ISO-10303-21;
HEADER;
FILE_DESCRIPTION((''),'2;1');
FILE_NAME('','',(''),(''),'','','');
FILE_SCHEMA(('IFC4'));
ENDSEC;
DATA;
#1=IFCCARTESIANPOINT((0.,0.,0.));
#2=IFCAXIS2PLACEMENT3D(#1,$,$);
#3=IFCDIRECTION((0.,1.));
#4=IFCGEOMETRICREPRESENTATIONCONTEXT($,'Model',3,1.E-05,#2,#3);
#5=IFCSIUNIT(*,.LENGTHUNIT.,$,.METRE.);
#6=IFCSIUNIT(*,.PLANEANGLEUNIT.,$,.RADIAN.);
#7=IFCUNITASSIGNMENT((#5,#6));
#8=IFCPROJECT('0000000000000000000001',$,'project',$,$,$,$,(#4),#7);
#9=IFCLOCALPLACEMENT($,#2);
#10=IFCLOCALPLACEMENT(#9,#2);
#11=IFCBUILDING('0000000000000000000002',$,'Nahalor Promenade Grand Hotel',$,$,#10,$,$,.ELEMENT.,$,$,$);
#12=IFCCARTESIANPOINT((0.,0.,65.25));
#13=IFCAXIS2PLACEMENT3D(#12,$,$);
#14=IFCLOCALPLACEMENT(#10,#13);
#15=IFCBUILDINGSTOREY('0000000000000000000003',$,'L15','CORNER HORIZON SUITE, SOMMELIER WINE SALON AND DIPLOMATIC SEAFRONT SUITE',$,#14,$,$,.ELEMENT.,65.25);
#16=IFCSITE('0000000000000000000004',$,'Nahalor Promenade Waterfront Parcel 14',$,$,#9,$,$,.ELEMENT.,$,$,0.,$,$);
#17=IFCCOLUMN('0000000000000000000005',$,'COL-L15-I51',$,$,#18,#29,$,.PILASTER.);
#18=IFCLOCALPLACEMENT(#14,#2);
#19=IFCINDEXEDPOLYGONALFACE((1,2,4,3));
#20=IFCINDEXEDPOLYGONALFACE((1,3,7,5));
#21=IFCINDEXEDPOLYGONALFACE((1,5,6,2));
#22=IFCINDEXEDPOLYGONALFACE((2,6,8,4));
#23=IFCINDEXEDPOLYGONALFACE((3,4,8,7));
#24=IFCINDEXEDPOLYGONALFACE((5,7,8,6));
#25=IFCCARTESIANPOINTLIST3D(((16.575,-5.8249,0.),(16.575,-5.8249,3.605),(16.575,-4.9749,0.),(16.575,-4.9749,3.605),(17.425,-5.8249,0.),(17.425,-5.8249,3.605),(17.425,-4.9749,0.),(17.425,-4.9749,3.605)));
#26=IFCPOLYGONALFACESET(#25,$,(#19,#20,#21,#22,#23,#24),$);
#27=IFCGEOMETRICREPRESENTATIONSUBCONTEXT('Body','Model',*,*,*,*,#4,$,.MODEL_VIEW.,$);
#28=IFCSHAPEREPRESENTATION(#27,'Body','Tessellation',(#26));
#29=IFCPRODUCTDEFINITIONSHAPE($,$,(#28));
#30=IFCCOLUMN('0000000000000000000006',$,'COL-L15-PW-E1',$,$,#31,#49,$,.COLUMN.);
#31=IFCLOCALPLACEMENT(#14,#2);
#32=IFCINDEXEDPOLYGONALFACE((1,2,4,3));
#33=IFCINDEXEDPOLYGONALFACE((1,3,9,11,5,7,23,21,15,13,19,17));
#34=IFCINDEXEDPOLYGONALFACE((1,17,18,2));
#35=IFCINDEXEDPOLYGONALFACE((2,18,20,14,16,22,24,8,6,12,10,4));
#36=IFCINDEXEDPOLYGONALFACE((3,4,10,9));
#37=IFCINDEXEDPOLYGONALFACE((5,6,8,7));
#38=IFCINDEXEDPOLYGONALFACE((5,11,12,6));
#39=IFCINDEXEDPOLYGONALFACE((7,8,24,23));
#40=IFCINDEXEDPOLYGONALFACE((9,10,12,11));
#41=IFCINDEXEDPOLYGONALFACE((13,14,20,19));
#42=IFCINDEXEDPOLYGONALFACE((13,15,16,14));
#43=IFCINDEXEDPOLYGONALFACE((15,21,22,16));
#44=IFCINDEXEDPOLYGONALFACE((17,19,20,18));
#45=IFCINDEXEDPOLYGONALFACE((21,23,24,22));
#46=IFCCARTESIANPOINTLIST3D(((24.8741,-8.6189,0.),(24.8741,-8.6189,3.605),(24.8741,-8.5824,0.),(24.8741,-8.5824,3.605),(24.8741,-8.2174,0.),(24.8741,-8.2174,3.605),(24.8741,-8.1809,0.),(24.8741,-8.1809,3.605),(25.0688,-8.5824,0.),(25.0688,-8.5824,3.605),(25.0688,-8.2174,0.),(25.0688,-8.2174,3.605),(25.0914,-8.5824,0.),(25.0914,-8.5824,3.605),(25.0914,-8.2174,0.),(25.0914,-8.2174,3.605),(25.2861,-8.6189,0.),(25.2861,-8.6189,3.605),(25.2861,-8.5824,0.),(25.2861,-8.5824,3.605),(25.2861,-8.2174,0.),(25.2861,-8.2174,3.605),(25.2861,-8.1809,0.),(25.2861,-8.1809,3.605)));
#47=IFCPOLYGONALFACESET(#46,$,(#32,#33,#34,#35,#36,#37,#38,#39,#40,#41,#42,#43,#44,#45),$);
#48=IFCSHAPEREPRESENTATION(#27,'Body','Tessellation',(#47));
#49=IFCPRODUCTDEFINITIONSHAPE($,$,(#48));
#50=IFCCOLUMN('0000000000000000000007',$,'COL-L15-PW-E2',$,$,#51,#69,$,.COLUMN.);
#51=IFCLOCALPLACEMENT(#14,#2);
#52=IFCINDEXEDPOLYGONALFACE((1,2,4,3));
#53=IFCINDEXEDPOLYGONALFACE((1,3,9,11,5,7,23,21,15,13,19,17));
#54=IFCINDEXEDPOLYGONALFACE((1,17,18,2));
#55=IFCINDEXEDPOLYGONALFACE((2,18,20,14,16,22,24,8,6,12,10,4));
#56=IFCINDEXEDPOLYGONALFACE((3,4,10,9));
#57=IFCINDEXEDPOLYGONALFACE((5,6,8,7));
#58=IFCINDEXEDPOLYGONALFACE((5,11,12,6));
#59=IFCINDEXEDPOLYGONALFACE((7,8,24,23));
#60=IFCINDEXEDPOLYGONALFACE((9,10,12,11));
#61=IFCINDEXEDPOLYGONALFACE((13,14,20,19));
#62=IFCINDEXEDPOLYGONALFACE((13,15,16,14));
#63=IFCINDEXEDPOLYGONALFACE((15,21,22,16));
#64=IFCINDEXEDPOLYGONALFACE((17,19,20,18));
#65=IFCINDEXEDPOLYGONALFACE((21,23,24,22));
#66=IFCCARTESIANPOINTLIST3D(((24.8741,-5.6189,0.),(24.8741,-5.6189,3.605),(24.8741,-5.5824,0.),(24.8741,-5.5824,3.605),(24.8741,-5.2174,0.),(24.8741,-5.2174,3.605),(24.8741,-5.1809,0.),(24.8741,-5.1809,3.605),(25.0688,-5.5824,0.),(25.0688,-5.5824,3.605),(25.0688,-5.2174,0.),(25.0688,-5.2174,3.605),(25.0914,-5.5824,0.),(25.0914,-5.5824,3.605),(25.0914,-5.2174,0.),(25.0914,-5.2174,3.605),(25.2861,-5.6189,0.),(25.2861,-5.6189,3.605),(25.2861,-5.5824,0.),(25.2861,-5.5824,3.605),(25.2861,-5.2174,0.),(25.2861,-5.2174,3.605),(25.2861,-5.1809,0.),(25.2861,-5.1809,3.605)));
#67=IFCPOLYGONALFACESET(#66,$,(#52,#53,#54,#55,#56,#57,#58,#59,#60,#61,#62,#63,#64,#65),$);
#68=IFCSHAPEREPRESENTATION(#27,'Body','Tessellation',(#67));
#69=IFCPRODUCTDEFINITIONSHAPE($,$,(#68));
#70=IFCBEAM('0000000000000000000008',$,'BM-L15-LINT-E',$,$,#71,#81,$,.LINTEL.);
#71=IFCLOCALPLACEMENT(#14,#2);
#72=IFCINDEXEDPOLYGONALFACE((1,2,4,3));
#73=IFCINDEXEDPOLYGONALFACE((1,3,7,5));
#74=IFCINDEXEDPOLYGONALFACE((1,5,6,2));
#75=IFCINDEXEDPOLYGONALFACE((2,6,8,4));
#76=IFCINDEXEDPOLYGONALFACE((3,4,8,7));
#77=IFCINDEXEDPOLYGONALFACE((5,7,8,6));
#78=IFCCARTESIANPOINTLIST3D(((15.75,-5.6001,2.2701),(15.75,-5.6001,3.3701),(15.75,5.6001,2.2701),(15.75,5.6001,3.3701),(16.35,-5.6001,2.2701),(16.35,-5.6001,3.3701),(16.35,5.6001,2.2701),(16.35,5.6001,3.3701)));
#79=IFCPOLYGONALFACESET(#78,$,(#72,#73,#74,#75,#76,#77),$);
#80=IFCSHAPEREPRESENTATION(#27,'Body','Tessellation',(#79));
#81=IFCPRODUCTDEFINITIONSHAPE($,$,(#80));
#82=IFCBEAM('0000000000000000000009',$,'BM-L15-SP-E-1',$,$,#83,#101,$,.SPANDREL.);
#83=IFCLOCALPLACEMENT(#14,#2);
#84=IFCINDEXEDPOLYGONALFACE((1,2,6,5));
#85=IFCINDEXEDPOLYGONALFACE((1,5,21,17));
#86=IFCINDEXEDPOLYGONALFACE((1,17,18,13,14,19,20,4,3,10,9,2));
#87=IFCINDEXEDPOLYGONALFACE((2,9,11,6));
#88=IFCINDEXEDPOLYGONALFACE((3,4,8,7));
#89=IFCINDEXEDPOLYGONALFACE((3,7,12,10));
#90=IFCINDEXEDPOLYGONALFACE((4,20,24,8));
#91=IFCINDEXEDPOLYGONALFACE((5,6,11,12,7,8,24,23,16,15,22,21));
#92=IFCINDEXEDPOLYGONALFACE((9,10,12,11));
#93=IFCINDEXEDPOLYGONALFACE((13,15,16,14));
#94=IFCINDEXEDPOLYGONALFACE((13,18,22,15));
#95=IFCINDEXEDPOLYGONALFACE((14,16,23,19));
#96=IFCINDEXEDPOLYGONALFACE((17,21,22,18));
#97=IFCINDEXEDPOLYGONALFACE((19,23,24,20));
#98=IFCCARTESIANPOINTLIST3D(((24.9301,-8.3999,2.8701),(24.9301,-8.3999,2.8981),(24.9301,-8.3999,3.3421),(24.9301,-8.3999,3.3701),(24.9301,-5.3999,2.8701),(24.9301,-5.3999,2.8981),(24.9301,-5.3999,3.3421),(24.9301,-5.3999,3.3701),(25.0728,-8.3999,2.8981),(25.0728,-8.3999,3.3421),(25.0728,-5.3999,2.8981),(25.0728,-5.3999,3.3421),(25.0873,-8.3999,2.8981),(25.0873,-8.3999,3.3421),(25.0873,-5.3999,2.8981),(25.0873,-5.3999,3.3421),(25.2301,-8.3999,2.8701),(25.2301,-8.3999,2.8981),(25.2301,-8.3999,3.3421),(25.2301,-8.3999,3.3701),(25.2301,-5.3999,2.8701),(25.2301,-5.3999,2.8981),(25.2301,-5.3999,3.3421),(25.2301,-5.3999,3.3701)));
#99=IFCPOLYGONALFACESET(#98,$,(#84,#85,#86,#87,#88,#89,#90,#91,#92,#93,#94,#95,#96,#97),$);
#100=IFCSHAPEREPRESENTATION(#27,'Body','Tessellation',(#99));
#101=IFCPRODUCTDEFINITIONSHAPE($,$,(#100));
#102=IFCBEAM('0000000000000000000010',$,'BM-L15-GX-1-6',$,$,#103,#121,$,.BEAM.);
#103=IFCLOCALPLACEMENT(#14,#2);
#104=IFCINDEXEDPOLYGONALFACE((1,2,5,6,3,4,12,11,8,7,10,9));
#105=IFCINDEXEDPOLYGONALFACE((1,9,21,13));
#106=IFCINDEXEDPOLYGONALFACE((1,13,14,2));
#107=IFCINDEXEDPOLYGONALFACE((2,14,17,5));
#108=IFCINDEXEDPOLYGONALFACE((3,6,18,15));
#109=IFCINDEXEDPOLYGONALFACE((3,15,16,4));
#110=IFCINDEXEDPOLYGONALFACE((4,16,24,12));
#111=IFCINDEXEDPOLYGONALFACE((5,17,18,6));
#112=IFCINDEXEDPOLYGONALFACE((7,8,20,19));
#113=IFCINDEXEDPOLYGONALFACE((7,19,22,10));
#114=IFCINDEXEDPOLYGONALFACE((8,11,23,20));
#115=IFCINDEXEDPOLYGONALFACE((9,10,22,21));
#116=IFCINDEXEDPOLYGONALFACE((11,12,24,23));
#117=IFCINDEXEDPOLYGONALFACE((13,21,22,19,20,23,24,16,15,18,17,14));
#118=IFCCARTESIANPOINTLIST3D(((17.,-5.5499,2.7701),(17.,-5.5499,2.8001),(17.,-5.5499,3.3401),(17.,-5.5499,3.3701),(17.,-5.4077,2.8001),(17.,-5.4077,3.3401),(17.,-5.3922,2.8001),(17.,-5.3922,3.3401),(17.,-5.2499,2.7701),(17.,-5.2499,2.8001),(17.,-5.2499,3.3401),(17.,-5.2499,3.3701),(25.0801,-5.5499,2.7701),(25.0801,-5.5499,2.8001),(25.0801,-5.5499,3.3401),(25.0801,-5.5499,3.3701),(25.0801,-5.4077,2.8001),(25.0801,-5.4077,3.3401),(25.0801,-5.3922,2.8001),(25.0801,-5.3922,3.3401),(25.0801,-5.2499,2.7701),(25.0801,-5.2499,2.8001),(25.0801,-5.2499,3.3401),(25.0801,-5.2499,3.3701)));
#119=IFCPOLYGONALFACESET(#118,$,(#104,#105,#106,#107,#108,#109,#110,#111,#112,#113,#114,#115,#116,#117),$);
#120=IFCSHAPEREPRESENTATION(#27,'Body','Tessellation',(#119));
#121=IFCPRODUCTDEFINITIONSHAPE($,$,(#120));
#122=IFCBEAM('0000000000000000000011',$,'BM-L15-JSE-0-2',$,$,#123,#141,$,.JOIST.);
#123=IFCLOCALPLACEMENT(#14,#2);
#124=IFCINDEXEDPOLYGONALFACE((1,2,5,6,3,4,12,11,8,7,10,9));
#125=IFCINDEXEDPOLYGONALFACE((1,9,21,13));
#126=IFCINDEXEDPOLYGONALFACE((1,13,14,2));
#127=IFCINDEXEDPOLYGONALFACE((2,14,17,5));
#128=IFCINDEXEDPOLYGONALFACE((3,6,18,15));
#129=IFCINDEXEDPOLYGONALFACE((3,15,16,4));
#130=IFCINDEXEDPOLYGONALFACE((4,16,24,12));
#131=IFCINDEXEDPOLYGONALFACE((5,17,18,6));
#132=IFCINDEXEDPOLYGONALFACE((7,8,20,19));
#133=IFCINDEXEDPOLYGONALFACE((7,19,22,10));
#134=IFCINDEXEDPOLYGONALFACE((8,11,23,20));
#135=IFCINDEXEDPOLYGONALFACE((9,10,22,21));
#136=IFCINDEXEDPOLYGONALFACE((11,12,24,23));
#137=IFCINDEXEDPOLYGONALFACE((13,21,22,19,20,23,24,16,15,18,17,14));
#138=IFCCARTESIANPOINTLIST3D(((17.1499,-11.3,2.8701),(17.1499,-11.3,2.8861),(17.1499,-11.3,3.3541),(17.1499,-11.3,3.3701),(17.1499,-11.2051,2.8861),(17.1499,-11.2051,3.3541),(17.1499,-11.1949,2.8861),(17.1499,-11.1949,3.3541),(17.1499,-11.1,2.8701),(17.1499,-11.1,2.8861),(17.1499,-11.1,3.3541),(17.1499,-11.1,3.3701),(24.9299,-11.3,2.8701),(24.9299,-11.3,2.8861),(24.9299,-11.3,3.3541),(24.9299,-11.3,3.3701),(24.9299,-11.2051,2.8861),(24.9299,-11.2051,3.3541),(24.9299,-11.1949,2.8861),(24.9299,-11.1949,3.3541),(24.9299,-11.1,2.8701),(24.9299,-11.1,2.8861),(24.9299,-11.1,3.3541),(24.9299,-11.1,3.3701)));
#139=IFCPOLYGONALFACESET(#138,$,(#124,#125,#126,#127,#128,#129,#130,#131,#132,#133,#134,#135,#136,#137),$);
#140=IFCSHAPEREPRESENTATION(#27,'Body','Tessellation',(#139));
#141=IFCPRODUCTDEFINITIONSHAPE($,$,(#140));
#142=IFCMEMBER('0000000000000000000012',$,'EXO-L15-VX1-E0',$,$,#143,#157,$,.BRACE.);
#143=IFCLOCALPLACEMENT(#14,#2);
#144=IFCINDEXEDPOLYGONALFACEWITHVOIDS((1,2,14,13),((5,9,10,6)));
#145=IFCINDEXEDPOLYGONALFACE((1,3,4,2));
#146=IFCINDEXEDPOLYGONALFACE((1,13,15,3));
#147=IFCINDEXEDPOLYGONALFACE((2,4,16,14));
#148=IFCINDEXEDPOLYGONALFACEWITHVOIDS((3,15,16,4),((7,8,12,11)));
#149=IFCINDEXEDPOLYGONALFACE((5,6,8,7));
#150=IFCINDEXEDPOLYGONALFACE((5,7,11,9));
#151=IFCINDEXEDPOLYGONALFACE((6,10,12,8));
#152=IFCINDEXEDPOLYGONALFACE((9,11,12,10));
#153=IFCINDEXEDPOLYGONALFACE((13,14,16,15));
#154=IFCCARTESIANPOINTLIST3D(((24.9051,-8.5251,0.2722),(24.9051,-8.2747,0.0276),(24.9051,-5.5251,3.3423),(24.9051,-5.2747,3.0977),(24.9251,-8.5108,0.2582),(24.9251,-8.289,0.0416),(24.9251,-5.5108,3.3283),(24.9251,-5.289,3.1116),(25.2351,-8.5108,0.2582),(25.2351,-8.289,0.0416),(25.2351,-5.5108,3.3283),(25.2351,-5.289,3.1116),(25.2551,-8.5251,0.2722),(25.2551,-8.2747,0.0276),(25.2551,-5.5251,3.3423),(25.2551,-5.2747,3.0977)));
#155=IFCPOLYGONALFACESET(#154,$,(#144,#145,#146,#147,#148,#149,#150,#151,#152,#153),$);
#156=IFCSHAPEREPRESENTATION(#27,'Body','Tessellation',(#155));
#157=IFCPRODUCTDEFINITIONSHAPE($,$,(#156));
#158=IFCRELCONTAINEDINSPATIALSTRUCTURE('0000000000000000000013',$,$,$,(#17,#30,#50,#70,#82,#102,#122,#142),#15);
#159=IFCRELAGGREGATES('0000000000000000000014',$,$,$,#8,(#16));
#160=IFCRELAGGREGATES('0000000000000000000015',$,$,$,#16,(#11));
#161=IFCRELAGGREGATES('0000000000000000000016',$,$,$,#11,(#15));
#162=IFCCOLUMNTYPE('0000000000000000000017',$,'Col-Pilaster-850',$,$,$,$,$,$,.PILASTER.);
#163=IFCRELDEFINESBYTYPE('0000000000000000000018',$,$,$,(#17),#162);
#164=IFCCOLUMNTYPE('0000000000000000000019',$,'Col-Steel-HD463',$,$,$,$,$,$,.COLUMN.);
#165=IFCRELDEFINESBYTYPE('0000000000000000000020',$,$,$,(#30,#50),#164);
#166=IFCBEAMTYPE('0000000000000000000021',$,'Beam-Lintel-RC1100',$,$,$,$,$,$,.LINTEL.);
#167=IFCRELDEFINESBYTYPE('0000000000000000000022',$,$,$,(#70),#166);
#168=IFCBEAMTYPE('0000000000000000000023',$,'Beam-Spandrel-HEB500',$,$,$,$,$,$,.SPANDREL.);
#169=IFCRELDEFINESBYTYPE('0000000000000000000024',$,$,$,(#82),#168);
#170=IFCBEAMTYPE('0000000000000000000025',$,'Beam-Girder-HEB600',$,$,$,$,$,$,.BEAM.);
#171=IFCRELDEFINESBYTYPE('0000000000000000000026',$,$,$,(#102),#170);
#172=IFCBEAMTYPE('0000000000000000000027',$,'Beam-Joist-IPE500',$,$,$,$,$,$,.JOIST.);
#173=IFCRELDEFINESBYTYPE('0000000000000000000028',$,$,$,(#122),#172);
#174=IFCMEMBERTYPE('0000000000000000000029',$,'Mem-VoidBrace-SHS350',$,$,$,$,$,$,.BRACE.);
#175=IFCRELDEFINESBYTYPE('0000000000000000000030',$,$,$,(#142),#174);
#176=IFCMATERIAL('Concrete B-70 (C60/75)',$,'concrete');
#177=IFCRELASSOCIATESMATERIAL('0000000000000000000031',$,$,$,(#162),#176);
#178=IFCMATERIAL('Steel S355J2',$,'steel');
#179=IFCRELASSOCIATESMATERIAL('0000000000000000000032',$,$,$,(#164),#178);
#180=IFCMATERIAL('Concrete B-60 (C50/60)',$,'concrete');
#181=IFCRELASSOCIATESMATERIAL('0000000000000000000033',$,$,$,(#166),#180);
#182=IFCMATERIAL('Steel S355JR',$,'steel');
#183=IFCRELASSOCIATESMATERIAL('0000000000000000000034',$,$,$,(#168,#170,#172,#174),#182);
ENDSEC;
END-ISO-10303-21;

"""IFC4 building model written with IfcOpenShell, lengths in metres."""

from ifc_helpers import new_model, si_unit, direction, frame, origin, origin_2d, place, context, subcontext, project, spatial, rectangle, hollow_rectangle, i_section, extrude, source, transform, mapped, material, material_profile, profile_set, type_object, element, save


model = new_model("IFC4")

# Units and contexts
model_context = context("Model", 3, precision=1e-05, world=origin(), true_north=direction((0.0, 1.0)))
body_context = subcontext(model_context, "Body", "Model", "MODEL_VIEW")
ifc_project = project(units=[si_unit("LENGTHUNIT", "METRE"), si_unit("PLANEANGLEUNIT", "RADIAN")], contexts=[model_context])

# Site, building, storey
site_placement = place(None, origin())
site = spatial("IfcSite", under=ifc_project, at=site_placement, Name="Nahalor Promenade Waterfront Parcel 14", CompositionType="ELEMENT", RefElevation=0.0)
building_placement = place(site_placement, origin())
building = spatial("IfcBuilding", under=site, at=building_placement, Name="Nahalor Promenade Grand Hotel", CompositionType="ELEMENT")
storey_placement = place(building_placement, frame((0.0, 0.0, 65.25)))
storey = spatial("IfcBuildingStorey", under=building, at=storey_placement, Name="L15", Description="CORNER HORIZON SUITE, SOMMELIER WINE SALON AND DIPLOMATIC SEAFRONT SUITE", CompositionType="ELEMENT", Elevation=65.25)

# Columns
ifc_material_1 = material(Name="Concrete B-70 (C60/75)", Category="concrete")
ifc_material_profile_1 = material_profile(ifc_material_1, rectangle(XDim=0.85, YDim=0.85, at=origin_2d()), Name="RC 850x850")
ifc_profile_set_1 = profile_set([ifc_material_profile_1], Name="Concrete B-70 (C60/75)")
column_type_1 = type_object("IfcColumnType", Name="Col-Pilaster-850", PredefinedType="PILASTER", material=ifc_profile_set_1)
shared_shape_1 = source(origin(), body_context, "Body", "SweptSolid", [
    extrude(rectangle(XDim=0.85, YDim=0.85, at=origin_2d()), origin(), (0.0, 0.0, 1.0), 3.605),
])
column_placement = place(storey_placement, frame((17.0, -5.3999, 0.0), z_axis=(0.0, 0.0, 1.0), x_axis=(1.0, 0.0, 0.0)))
element("IfcColumn", 1, at=column_placement, inside=storey, type_object=column_type_1, Name="COL-L15-I51", PredefinedType="PILASTER", context=body_context, shape_type="MappedRepresentation", body=[
    mapped(shared_shape_1, transform((0.0, 0.0, 0.0), scale=1.0)),
])
ifc_material_2 = material(Name="Steel S355J2", Category="steel")
ifc_material_profile_2 = material_profile(ifc_material_2, i_section(OverallWidth=0.412, OverallDepth=0.438, WebThickness=0.0226, FlangeThickness=0.0365, at=origin_2d()), Name="HD 400x463")
ifc_profile_set_2 = profile_set([ifc_material_profile_2], Name="Steel S355J2")
column_type_2 = type_object("IfcColumnType", Name="Col-Steel-HD463", PredefinedType="COLUMN", material=ifc_profile_set_2)
shared_shape_2 = source(origin(), body_context, "Body", "SweptSolid", [
    extrude(i_section(OverallWidth=0.412, OverallDepth=0.438, WebThickness=0.0226, FlangeThickness=0.0365, at=origin_2d()), origin(), (0.0, 0.0, 1.0), 3.605),
])
for number, where, z_axis, x_axis, name in (
    (2, (25.0801, -8.3999, 0.0), (0.0, 0.0, 1.0), (1.0, 0.0, 0.0), "COL-L15-PW-E1"),
    (3, (25.0801, -5.3999, 0.0), (0.0, 0.0, 1.0), (1.0, 0.0, 0.0), "COL-L15-PW-E2"),
):
    element("IfcColumn", number, at=place(storey_placement, frame(where, z_axis=z_axis, x_axis=x_axis)), inside=storey, type_object=column_type_2, Name=name, PredefinedType="COLUMN", context=body_context, shape_type="MappedRepresentation", body=[
        mapped(shared_shape_2, transform((0.0, 0.0, 0.0), scale=1.0)),
    ])

# Beams
ifc_material_3 = material(Name="Concrete B-60 (C50/60)", Category="concrete")
ifc_material_profile_3 = material_profile(ifc_material_3, rectangle(XDim=0.6, YDim=1.1, at=origin_2d()), Name="RC 600x1100")
ifc_profile_set_3 = profile_set([ifc_material_profile_3], Name="Concrete B-60 (C50/60)")
beam_type_1 = type_object("IfcBeamType", Name="Beam-Lintel-RC1100", PredefinedType="LINTEL", material=ifc_profile_set_3)
shared_shape_3 = source(origin(), body_context, "Body", "SweptSolid", [
    extrude(rectangle(XDim=0.6, YDim=1.1, at=origin_2d()), origin(), (0.0, 0.0, 1.0), 11.2002),
])
beam_1_placement = place(storey_placement, frame((16.05, -5.6001, 2.8201), z_axis=(0.0, 1.0, 0.0), x_axis=(-1.0, 0.0, 0.0)))
element("IfcBeam", 4, at=beam_1_placement, inside=storey, type_object=beam_type_1, Name="BM-L15-LINT-E", PredefinedType="LINTEL", context=body_context, shape_type="MappedRepresentation", body=[
    mapped(shared_shape_3, transform((0.0, 0.0, 0.0), scale=1.0)),
])
ifc_material_4 = material(Name="Steel S355JR", Category="steel")
ifc_material_profile_4 = material_profile(ifc_material_4, i_section(OverallWidth=0.3, OverallDepth=0.5, WebThickness=0.0145, FlangeThickness=0.028, at=origin_2d()), Name="HEB 500")
ifc_profile_set_4 = profile_set([ifc_material_profile_4], Name="Steel S355JR")
beam_type_2 = type_object("IfcBeamType", Name="Beam-Spandrel-HEB500", PredefinedType="SPANDREL", material=ifc_profile_set_4)
shared_shape_4 = source(origin(), body_context, "Body", "SweptSolid", [
    extrude(i_section(OverallWidth=0.3, OverallDepth=0.5, WebThickness=0.0145, FlangeThickness=0.028, at=origin_2d()), origin(), (0.0, 0.0, 1.0), 3.0),
])
beam_2_placement = place(storey_placement, frame((25.0801, -8.3999, 3.1201), z_axis=(0.0, 1.0, 0.0), x_axis=(-1.0, 0.0, 0.0)))
element("IfcBeam", 5, at=beam_2_placement, inside=storey, type_object=beam_type_2, Name="BM-L15-SP-E-1", PredefinedType="SPANDREL", context=body_context, shape_type="MappedRepresentation", body=[
    mapped(shared_shape_4, transform((0.0, 0.0, 0.0), scale=1.0)),
])
ifc_material_profile_5 = material_profile(ifc_material_4, i_section(OverallWidth=0.3, OverallDepth=0.6, WebThickness=0.0155, FlangeThickness=0.03, at=origin_2d()), Name="HEB 600")
ifc_profile_set_5 = profile_set([ifc_material_profile_5], Name="Steel S355JR")
beam_type_3 = type_object("IfcBeamType", Name="Beam-Girder-HEB600", PredefinedType="BEAM", material=ifc_profile_set_5)
shared_shape_5 = source(origin(), body_context, "Body", "SweptSolid", [
    extrude(i_section(OverallWidth=0.3, OverallDepth=0.6, WebThickness=0.0155, FlangeThickness=0.03, at=origin_2d()), origin(), (0.0, 0.0, 1.0), 8.0801),
])
beam_3_placement = place(storey_placement, frame((17.0, -5.3999, 3.0701), z_axis=(1.0, 0.0, 0.0), x_axis=(0.0, 1.0, 0.0)))
element("IfcBeam", 6, at=beam_3_placement, inside=storey, type_object=beam_type_3, Name="BM-L15-GX-1-6", PredefinedType="BEAM", context=body_context, shape_type="MappedRepresentation", body=[
    mapped(shared_shape_5, transform((0.0, 0.0, 0.0), scale=1.0)),
])
ifc_material_profile_6 = material_profile(ifc_material_4, i_section(OverallWidth=0.2, OverallDepth=0.5, WebThickness=0.0102, FlangeThickness=0.016, at=origin_2d()), Name="IPE 500")
ifc_profile_set_6 = profile_set([ifc_material_profile_6], Name="Steel S355JR")
beam_type_4 = type_object("IfcBeamType", Name="Beam-Joist-IPE500", PredefinedType="JOIST", material=ifc_profile_set_6)
shared_shape_6 = source(origin(), body_context, "Body", "SweptSolid", [
    extrude(i_section(OverallWidth=0.2, OverallDepth=0.5, WebThickness=0.0102, FlangeThickness=0.016, at=origin_2d()), origin(), (0.0, 0.0, 1.0), 7.78),
])
beam_4_placement = place(storey_placement, frame((17.1499, -11.2, 3.1201), z_axis=(1.0, 0.0, 0.0), x_axis=(0.0, 1.0, 0.0)))
element("IfcBeam", 7, at=beam_4_placement, inside=storey, type_object=beam_type_4, Name="BM-L15-JSE-0-2", PredefinedType="JOIST", context=body_context, shape_type="MappedRepresentation", body=[
    mapped(shared_shape_6, transform((0.0, 0.0, 0.0), scale=1.0)),
])

# Member
ifc_material_profile_7 = material_profile(ifc_material_4, hollow_rectangle(XDim=0.35, YDim=0.35, WallThickness=0.02, at=origin_2d()), Name="SHS 350x350x20")
ifc_profile_set_7 = profile_set([ifc_material_profile_7], Name="Steel S355JR")
member_type_1 = type_object("IfcMemberType", Name="Mem-VoidBrace-SHS350", PredefinedType="BRACE", material=ifc_profile_set_7)
shared_shape_7 = source(origin(), body_context, "Body", "SweptSolid", [
    extrude(hollow_rectangle(XDim=0.35, YDim=0.35, WallThickness=0.02, at=origin_2d()), origin(), (0.0, 0.0, 1.0), 4.2925),
])
member_1_placement = place(storey_placement, frame((25.0801, -8.3999, 0.1499), z_axis=(0.0, 0.698898, 0.715221), x_axis=(-1.0, 0.0, 0.0)))
element("IfcMember", 8, at=member_1_placement, inside=storey, type_object=member_type_1, Name="EXO-L15-VX1-E0", PredefinedType="BRACE", context=body_context, shape_type="MappedRepresentation", body=[
    mapped(shared_shape_7, transform((0.0, 0.0, 0.0), scale=1.0)),
])

save(model, "model.ifc")
